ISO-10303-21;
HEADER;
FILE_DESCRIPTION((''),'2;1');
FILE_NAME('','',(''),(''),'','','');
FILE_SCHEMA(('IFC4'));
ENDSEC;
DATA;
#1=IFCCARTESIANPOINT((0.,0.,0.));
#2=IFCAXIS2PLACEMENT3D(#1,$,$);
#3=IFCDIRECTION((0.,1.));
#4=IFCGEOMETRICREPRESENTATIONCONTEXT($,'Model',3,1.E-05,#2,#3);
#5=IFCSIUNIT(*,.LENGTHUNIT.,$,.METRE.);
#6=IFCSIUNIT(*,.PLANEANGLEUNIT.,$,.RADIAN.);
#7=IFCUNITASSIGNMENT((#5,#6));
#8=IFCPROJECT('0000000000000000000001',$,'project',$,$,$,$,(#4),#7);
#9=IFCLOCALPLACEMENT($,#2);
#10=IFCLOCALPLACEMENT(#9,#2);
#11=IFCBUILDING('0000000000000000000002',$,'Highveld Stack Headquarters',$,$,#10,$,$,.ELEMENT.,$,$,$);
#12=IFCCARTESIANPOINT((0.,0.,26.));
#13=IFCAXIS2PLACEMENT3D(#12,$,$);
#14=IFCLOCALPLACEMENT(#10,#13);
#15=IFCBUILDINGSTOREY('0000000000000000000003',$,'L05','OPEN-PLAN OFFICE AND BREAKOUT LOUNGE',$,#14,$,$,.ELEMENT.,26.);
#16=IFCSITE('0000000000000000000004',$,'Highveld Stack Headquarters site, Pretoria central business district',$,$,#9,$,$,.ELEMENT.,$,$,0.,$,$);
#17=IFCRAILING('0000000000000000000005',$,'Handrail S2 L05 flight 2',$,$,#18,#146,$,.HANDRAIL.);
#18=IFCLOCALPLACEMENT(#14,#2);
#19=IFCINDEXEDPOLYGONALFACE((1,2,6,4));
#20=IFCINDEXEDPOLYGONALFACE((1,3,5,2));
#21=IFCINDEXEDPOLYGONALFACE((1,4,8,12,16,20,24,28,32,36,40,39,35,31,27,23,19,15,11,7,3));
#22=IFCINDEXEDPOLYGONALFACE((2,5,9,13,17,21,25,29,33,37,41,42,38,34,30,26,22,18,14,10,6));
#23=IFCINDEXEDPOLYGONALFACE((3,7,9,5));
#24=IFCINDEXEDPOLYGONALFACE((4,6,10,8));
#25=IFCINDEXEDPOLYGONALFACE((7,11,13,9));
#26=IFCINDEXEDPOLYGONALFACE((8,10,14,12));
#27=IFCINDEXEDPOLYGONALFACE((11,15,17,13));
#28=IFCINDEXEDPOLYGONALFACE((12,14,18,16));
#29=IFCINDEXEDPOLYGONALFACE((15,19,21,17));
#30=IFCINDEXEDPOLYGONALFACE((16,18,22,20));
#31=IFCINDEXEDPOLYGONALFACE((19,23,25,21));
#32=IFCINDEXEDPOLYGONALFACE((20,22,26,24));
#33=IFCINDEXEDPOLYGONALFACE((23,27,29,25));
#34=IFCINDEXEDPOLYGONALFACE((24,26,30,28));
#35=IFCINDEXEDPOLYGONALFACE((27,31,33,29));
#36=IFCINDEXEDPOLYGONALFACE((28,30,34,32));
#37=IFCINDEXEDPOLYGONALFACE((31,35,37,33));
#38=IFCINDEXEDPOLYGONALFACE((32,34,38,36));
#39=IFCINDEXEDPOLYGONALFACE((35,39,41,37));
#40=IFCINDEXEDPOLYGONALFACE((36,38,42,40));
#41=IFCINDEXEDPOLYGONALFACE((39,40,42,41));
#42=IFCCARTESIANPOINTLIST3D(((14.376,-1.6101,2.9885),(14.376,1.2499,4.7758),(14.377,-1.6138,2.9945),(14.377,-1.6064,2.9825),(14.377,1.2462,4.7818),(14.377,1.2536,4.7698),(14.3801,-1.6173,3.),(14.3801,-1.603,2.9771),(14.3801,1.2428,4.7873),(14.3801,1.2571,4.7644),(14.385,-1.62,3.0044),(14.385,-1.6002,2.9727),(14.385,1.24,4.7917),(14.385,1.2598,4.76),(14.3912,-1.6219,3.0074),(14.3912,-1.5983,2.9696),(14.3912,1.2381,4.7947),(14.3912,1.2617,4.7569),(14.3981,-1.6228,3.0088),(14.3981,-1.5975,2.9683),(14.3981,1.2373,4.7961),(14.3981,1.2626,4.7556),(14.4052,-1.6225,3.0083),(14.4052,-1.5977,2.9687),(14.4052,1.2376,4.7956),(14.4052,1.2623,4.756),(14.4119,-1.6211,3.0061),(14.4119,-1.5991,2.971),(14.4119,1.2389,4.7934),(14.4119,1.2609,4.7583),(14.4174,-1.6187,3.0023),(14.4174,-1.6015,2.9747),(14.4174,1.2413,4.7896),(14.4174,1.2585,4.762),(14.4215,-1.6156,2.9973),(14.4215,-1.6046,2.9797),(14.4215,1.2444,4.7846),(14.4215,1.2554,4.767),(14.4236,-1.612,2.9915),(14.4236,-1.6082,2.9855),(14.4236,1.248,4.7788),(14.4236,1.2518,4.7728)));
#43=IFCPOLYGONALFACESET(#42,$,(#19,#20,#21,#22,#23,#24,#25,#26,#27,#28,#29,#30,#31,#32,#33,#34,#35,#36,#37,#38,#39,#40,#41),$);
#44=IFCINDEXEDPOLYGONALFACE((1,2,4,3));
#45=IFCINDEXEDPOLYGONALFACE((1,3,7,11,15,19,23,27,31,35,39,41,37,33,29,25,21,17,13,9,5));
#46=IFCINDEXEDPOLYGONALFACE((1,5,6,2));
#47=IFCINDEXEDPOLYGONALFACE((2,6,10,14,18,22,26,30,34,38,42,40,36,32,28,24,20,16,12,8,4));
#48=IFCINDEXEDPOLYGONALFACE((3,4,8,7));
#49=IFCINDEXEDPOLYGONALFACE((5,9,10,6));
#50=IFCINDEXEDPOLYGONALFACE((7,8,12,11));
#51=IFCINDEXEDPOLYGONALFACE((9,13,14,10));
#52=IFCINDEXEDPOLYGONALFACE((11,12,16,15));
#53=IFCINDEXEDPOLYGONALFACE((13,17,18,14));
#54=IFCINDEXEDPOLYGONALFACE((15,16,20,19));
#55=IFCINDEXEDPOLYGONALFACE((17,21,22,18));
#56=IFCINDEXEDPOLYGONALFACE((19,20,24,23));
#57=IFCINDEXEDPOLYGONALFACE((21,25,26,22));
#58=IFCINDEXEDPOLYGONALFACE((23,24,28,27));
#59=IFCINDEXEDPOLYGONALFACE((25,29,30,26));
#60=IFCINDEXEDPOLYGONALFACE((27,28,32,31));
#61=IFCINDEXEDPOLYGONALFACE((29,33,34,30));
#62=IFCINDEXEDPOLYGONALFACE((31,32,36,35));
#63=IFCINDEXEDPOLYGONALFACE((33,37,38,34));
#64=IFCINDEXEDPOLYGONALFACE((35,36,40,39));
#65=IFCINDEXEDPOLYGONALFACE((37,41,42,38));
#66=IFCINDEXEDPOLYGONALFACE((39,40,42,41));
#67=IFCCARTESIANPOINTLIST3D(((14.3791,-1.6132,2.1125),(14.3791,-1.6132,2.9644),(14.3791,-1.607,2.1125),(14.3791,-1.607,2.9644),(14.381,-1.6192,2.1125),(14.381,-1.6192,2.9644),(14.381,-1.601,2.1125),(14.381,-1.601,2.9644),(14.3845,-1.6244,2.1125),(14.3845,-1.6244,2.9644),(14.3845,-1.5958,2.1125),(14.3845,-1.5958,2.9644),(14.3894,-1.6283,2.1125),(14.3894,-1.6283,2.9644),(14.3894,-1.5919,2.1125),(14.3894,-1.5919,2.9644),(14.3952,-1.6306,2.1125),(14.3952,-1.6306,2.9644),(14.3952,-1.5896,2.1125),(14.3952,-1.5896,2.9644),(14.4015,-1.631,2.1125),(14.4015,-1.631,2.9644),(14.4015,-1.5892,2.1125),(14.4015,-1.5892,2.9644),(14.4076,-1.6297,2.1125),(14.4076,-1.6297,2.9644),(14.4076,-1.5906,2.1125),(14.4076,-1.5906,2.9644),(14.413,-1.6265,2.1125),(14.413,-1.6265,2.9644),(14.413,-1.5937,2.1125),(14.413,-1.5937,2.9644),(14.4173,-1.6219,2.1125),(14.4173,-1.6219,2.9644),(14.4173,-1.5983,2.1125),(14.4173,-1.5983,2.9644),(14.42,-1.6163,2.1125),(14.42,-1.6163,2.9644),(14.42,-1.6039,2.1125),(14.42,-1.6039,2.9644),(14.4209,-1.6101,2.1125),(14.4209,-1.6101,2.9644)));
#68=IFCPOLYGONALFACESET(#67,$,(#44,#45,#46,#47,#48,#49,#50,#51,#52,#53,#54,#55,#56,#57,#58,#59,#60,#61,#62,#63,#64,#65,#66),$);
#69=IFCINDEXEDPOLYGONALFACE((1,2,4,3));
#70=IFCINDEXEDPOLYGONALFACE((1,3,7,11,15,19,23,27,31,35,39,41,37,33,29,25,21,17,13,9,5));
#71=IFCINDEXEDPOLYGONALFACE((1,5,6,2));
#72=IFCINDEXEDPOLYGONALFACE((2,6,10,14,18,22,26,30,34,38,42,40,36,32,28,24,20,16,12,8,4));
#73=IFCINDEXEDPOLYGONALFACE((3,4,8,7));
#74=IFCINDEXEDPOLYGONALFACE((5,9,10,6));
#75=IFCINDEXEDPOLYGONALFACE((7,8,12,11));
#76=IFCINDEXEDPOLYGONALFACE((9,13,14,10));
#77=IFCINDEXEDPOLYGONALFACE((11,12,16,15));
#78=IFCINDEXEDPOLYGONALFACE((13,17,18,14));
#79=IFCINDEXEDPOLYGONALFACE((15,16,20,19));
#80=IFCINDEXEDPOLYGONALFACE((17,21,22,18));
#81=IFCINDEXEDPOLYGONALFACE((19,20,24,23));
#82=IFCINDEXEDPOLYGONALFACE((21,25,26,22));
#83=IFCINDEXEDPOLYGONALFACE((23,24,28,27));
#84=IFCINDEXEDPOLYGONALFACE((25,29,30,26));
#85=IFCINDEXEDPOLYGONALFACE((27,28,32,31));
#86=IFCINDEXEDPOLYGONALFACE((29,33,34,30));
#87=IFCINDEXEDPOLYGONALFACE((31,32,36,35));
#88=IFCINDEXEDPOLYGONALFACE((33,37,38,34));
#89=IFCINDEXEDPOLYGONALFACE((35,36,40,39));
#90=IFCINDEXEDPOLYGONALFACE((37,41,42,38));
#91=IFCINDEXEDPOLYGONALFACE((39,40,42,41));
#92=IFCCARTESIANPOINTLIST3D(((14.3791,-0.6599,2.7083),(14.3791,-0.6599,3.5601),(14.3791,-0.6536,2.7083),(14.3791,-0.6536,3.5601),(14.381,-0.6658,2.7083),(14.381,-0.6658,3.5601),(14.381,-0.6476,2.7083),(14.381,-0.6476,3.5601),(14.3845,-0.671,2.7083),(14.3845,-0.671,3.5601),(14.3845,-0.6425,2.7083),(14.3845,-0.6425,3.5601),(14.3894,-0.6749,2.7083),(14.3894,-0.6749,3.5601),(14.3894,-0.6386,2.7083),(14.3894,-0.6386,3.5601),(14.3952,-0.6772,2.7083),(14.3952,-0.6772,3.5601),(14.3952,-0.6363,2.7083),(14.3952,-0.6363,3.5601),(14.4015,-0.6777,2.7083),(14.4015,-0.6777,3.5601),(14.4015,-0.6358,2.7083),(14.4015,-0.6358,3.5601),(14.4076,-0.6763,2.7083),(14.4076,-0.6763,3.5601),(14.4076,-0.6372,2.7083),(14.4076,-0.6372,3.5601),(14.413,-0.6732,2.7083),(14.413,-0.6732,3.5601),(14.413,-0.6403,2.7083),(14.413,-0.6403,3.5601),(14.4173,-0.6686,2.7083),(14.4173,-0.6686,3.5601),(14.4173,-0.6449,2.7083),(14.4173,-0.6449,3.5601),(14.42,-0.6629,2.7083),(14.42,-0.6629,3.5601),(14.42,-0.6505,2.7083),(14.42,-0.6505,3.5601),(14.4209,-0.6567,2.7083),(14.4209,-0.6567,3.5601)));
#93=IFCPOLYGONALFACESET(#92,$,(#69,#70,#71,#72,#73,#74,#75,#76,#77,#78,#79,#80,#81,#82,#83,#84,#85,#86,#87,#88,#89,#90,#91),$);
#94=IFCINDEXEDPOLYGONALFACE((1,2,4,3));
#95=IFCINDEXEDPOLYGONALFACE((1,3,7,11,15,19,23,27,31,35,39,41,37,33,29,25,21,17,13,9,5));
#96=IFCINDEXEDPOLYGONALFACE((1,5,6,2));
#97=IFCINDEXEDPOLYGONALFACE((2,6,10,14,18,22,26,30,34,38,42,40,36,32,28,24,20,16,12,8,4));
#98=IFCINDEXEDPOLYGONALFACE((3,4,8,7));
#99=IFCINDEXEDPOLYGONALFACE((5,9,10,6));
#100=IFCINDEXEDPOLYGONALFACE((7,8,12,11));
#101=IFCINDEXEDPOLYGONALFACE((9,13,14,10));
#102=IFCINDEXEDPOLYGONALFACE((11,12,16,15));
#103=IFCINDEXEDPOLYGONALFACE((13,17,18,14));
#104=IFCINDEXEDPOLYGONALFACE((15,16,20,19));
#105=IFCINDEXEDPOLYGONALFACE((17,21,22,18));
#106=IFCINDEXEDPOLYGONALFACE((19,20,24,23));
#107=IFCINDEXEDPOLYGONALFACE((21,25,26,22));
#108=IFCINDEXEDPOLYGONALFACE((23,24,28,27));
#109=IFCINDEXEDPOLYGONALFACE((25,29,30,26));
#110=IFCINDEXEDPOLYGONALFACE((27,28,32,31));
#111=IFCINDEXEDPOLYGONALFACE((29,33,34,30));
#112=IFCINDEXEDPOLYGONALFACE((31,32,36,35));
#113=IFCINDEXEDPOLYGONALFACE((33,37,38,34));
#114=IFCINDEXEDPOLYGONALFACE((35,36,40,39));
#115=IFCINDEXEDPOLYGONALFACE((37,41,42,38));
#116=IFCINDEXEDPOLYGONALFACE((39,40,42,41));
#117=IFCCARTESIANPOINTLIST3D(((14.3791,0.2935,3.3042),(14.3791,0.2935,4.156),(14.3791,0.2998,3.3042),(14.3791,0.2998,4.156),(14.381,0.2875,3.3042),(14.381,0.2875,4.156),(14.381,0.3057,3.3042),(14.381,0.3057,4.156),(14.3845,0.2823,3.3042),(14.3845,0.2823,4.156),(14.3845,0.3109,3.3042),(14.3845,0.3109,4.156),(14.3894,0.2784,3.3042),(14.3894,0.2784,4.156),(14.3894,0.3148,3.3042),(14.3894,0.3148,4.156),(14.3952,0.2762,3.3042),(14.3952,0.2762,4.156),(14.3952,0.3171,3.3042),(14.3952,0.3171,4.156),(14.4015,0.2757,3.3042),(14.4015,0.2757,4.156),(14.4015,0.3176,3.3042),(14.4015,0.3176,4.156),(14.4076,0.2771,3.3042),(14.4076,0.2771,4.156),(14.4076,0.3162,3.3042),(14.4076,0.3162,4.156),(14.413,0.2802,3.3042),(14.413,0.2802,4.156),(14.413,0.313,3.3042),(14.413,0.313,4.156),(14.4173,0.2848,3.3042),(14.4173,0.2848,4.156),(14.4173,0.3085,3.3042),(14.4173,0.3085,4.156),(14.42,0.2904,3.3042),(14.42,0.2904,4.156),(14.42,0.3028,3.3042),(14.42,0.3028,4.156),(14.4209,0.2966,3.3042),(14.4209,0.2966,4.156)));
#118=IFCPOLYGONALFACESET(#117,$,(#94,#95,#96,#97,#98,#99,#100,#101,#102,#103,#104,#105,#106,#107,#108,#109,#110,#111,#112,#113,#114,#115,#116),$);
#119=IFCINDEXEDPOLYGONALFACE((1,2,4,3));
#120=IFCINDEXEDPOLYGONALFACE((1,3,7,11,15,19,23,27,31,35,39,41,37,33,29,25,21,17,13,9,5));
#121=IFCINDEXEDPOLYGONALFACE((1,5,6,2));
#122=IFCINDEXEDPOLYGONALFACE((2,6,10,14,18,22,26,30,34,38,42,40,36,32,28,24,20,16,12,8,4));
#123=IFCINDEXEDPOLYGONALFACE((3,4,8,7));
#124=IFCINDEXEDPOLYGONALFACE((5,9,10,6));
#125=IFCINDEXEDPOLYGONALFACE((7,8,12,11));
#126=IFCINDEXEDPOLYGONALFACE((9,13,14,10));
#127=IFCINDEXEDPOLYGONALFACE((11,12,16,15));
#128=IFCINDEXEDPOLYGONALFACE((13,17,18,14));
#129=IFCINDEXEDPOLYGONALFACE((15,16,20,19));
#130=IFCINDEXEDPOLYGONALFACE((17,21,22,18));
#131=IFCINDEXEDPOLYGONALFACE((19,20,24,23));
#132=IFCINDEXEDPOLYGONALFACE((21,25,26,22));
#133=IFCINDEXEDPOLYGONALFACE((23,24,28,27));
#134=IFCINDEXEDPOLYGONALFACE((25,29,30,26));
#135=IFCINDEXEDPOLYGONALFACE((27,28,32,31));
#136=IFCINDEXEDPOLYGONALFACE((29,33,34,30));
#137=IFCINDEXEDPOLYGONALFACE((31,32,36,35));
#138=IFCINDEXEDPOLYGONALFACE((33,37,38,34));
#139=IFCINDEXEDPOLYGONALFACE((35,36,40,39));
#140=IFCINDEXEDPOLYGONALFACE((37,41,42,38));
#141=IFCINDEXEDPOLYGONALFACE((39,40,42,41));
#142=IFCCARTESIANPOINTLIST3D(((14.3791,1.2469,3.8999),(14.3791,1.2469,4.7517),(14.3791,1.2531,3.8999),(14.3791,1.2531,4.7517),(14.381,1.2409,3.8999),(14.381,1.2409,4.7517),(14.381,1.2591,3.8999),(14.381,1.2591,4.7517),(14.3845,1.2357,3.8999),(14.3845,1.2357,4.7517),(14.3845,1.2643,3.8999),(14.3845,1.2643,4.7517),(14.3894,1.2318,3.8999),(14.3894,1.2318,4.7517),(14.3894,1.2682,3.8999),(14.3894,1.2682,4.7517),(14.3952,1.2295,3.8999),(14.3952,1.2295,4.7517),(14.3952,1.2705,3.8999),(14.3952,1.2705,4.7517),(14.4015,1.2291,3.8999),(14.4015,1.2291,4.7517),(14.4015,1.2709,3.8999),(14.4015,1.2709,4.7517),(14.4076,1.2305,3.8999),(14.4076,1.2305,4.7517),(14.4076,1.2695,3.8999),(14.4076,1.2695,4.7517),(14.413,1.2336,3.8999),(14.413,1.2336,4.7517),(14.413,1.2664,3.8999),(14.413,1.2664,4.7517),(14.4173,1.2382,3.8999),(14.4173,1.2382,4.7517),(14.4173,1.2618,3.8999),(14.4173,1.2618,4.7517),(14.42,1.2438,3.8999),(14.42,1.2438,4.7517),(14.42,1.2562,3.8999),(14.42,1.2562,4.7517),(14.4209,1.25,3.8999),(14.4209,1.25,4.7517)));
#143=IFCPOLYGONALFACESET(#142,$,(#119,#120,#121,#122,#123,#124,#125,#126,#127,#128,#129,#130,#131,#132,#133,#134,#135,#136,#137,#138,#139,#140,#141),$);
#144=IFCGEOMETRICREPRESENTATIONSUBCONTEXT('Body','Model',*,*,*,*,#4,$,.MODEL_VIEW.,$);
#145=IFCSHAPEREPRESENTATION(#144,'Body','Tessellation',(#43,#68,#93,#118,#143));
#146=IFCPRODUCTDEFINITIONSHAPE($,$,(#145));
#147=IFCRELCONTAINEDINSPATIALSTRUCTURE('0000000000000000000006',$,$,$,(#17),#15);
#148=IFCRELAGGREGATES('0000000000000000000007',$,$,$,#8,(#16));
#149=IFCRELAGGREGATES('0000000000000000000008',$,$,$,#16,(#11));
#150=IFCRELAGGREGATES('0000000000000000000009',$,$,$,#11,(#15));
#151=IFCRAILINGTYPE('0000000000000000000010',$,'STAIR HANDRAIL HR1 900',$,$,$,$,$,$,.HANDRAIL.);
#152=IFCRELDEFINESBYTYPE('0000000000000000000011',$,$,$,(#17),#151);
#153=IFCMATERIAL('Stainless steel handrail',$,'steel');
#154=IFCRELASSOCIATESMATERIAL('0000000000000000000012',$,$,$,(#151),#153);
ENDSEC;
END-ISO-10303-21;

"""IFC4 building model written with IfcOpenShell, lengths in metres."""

from ifc_helpers import new_model, si_unit, direction, frame, origin, origin_2d, place, context, subcontext, project, spatial, circle, extrude, material, type_object, element, save


model = new_model("IFC4")

# Units and contexts
model_context = context("Model", 3, precision=1e-05, world=origin(), true_north=direction((0.0, 1.0)))
body_context = subcontext(model_context, "Body", "Model", "MODEL_VIEW")
ifc_project = project(units=[si_unit("LENGTHUNIT", "METRE"), si_unit("PLANEANGLEUNIT", "RADIAN")], contexts=[model_context])

# Site, building, storey
site_placement = place(None, origin())
site = spatial("IfcSite", under=ifc_project, at=site_placement, Name="Highveld Stack Headquarters site, Pretoria central business district", CompositionType="ELEMENT", RefElevation=0.0)
building_placement = place(site_placement, origin())
building = spatial("IfcBuilding", under=site, at=building_placement, Name="Highveld Stack Headquarters", CompositionType="ELEMENT")
storey_placement = place(building_placement, frame((0.0, 0.0, 26.0)))
storey = spatial("IfcBuildingStorey", under=building, at=storey_placement, Name="L05", Description="OPEN-PLAN OFFICE AND BREAKOUT LOUNGE", CompositionType="ELEMENT", Elevation=26.0)

# Railing
ifc_material_1 = material(Name="Stainless steel handrail", Category="steel")
railing_type = type_object("IfcRailingType", Name="STAIR HANDRAIL HR1 900", PredefinedType="HANDRAIL", material=ifc_material_1)
railing_placement = place(storey_placement, frame((14.3999, -1.6101, 2.1125)))
element("IfcRailing", 1, at=railing_placement, inside=storey, type_object=railing_type, Name="Handrail S2 L05 flight 2", PredefinedType="HANDRAIL", context=body_context, shape_type="SweptSolid", body=[
    extrude(circle(Radius=0.0239, at=origin_2d()), frame((0.0, 0.0, 0.876), z_axis=(0.0, 0.848027, 0.529953), x_axis=(-1.0, 0.0, 0.0)), (0.0, 0.0, 1.0), 3.3726),
    extrude(circle(Radius=0.021, at=origin_2d()), origin(), (0.0, 0.0, 1.0), 0.8518),
    extrude(circle(Radius=0.021, at=origin_2d()), frame((0.0, 0.9534, 0.5957)), (0.0, 0.0, 1.0), 0.8518),
    extrude(circle(Radius=0.021, at=origin_2d()), frame((0.0, 1.9067, 1.1917)), (0.0, 0.0, 1.0), 0.8518),
    extrude(circle(Radius=0.021, at=origin_2d()), frame((0.0, 2.8601, 1.7874)), (0.0, 0.0, 1.0), 0.8518),
])

save(model, "model.ifc")
